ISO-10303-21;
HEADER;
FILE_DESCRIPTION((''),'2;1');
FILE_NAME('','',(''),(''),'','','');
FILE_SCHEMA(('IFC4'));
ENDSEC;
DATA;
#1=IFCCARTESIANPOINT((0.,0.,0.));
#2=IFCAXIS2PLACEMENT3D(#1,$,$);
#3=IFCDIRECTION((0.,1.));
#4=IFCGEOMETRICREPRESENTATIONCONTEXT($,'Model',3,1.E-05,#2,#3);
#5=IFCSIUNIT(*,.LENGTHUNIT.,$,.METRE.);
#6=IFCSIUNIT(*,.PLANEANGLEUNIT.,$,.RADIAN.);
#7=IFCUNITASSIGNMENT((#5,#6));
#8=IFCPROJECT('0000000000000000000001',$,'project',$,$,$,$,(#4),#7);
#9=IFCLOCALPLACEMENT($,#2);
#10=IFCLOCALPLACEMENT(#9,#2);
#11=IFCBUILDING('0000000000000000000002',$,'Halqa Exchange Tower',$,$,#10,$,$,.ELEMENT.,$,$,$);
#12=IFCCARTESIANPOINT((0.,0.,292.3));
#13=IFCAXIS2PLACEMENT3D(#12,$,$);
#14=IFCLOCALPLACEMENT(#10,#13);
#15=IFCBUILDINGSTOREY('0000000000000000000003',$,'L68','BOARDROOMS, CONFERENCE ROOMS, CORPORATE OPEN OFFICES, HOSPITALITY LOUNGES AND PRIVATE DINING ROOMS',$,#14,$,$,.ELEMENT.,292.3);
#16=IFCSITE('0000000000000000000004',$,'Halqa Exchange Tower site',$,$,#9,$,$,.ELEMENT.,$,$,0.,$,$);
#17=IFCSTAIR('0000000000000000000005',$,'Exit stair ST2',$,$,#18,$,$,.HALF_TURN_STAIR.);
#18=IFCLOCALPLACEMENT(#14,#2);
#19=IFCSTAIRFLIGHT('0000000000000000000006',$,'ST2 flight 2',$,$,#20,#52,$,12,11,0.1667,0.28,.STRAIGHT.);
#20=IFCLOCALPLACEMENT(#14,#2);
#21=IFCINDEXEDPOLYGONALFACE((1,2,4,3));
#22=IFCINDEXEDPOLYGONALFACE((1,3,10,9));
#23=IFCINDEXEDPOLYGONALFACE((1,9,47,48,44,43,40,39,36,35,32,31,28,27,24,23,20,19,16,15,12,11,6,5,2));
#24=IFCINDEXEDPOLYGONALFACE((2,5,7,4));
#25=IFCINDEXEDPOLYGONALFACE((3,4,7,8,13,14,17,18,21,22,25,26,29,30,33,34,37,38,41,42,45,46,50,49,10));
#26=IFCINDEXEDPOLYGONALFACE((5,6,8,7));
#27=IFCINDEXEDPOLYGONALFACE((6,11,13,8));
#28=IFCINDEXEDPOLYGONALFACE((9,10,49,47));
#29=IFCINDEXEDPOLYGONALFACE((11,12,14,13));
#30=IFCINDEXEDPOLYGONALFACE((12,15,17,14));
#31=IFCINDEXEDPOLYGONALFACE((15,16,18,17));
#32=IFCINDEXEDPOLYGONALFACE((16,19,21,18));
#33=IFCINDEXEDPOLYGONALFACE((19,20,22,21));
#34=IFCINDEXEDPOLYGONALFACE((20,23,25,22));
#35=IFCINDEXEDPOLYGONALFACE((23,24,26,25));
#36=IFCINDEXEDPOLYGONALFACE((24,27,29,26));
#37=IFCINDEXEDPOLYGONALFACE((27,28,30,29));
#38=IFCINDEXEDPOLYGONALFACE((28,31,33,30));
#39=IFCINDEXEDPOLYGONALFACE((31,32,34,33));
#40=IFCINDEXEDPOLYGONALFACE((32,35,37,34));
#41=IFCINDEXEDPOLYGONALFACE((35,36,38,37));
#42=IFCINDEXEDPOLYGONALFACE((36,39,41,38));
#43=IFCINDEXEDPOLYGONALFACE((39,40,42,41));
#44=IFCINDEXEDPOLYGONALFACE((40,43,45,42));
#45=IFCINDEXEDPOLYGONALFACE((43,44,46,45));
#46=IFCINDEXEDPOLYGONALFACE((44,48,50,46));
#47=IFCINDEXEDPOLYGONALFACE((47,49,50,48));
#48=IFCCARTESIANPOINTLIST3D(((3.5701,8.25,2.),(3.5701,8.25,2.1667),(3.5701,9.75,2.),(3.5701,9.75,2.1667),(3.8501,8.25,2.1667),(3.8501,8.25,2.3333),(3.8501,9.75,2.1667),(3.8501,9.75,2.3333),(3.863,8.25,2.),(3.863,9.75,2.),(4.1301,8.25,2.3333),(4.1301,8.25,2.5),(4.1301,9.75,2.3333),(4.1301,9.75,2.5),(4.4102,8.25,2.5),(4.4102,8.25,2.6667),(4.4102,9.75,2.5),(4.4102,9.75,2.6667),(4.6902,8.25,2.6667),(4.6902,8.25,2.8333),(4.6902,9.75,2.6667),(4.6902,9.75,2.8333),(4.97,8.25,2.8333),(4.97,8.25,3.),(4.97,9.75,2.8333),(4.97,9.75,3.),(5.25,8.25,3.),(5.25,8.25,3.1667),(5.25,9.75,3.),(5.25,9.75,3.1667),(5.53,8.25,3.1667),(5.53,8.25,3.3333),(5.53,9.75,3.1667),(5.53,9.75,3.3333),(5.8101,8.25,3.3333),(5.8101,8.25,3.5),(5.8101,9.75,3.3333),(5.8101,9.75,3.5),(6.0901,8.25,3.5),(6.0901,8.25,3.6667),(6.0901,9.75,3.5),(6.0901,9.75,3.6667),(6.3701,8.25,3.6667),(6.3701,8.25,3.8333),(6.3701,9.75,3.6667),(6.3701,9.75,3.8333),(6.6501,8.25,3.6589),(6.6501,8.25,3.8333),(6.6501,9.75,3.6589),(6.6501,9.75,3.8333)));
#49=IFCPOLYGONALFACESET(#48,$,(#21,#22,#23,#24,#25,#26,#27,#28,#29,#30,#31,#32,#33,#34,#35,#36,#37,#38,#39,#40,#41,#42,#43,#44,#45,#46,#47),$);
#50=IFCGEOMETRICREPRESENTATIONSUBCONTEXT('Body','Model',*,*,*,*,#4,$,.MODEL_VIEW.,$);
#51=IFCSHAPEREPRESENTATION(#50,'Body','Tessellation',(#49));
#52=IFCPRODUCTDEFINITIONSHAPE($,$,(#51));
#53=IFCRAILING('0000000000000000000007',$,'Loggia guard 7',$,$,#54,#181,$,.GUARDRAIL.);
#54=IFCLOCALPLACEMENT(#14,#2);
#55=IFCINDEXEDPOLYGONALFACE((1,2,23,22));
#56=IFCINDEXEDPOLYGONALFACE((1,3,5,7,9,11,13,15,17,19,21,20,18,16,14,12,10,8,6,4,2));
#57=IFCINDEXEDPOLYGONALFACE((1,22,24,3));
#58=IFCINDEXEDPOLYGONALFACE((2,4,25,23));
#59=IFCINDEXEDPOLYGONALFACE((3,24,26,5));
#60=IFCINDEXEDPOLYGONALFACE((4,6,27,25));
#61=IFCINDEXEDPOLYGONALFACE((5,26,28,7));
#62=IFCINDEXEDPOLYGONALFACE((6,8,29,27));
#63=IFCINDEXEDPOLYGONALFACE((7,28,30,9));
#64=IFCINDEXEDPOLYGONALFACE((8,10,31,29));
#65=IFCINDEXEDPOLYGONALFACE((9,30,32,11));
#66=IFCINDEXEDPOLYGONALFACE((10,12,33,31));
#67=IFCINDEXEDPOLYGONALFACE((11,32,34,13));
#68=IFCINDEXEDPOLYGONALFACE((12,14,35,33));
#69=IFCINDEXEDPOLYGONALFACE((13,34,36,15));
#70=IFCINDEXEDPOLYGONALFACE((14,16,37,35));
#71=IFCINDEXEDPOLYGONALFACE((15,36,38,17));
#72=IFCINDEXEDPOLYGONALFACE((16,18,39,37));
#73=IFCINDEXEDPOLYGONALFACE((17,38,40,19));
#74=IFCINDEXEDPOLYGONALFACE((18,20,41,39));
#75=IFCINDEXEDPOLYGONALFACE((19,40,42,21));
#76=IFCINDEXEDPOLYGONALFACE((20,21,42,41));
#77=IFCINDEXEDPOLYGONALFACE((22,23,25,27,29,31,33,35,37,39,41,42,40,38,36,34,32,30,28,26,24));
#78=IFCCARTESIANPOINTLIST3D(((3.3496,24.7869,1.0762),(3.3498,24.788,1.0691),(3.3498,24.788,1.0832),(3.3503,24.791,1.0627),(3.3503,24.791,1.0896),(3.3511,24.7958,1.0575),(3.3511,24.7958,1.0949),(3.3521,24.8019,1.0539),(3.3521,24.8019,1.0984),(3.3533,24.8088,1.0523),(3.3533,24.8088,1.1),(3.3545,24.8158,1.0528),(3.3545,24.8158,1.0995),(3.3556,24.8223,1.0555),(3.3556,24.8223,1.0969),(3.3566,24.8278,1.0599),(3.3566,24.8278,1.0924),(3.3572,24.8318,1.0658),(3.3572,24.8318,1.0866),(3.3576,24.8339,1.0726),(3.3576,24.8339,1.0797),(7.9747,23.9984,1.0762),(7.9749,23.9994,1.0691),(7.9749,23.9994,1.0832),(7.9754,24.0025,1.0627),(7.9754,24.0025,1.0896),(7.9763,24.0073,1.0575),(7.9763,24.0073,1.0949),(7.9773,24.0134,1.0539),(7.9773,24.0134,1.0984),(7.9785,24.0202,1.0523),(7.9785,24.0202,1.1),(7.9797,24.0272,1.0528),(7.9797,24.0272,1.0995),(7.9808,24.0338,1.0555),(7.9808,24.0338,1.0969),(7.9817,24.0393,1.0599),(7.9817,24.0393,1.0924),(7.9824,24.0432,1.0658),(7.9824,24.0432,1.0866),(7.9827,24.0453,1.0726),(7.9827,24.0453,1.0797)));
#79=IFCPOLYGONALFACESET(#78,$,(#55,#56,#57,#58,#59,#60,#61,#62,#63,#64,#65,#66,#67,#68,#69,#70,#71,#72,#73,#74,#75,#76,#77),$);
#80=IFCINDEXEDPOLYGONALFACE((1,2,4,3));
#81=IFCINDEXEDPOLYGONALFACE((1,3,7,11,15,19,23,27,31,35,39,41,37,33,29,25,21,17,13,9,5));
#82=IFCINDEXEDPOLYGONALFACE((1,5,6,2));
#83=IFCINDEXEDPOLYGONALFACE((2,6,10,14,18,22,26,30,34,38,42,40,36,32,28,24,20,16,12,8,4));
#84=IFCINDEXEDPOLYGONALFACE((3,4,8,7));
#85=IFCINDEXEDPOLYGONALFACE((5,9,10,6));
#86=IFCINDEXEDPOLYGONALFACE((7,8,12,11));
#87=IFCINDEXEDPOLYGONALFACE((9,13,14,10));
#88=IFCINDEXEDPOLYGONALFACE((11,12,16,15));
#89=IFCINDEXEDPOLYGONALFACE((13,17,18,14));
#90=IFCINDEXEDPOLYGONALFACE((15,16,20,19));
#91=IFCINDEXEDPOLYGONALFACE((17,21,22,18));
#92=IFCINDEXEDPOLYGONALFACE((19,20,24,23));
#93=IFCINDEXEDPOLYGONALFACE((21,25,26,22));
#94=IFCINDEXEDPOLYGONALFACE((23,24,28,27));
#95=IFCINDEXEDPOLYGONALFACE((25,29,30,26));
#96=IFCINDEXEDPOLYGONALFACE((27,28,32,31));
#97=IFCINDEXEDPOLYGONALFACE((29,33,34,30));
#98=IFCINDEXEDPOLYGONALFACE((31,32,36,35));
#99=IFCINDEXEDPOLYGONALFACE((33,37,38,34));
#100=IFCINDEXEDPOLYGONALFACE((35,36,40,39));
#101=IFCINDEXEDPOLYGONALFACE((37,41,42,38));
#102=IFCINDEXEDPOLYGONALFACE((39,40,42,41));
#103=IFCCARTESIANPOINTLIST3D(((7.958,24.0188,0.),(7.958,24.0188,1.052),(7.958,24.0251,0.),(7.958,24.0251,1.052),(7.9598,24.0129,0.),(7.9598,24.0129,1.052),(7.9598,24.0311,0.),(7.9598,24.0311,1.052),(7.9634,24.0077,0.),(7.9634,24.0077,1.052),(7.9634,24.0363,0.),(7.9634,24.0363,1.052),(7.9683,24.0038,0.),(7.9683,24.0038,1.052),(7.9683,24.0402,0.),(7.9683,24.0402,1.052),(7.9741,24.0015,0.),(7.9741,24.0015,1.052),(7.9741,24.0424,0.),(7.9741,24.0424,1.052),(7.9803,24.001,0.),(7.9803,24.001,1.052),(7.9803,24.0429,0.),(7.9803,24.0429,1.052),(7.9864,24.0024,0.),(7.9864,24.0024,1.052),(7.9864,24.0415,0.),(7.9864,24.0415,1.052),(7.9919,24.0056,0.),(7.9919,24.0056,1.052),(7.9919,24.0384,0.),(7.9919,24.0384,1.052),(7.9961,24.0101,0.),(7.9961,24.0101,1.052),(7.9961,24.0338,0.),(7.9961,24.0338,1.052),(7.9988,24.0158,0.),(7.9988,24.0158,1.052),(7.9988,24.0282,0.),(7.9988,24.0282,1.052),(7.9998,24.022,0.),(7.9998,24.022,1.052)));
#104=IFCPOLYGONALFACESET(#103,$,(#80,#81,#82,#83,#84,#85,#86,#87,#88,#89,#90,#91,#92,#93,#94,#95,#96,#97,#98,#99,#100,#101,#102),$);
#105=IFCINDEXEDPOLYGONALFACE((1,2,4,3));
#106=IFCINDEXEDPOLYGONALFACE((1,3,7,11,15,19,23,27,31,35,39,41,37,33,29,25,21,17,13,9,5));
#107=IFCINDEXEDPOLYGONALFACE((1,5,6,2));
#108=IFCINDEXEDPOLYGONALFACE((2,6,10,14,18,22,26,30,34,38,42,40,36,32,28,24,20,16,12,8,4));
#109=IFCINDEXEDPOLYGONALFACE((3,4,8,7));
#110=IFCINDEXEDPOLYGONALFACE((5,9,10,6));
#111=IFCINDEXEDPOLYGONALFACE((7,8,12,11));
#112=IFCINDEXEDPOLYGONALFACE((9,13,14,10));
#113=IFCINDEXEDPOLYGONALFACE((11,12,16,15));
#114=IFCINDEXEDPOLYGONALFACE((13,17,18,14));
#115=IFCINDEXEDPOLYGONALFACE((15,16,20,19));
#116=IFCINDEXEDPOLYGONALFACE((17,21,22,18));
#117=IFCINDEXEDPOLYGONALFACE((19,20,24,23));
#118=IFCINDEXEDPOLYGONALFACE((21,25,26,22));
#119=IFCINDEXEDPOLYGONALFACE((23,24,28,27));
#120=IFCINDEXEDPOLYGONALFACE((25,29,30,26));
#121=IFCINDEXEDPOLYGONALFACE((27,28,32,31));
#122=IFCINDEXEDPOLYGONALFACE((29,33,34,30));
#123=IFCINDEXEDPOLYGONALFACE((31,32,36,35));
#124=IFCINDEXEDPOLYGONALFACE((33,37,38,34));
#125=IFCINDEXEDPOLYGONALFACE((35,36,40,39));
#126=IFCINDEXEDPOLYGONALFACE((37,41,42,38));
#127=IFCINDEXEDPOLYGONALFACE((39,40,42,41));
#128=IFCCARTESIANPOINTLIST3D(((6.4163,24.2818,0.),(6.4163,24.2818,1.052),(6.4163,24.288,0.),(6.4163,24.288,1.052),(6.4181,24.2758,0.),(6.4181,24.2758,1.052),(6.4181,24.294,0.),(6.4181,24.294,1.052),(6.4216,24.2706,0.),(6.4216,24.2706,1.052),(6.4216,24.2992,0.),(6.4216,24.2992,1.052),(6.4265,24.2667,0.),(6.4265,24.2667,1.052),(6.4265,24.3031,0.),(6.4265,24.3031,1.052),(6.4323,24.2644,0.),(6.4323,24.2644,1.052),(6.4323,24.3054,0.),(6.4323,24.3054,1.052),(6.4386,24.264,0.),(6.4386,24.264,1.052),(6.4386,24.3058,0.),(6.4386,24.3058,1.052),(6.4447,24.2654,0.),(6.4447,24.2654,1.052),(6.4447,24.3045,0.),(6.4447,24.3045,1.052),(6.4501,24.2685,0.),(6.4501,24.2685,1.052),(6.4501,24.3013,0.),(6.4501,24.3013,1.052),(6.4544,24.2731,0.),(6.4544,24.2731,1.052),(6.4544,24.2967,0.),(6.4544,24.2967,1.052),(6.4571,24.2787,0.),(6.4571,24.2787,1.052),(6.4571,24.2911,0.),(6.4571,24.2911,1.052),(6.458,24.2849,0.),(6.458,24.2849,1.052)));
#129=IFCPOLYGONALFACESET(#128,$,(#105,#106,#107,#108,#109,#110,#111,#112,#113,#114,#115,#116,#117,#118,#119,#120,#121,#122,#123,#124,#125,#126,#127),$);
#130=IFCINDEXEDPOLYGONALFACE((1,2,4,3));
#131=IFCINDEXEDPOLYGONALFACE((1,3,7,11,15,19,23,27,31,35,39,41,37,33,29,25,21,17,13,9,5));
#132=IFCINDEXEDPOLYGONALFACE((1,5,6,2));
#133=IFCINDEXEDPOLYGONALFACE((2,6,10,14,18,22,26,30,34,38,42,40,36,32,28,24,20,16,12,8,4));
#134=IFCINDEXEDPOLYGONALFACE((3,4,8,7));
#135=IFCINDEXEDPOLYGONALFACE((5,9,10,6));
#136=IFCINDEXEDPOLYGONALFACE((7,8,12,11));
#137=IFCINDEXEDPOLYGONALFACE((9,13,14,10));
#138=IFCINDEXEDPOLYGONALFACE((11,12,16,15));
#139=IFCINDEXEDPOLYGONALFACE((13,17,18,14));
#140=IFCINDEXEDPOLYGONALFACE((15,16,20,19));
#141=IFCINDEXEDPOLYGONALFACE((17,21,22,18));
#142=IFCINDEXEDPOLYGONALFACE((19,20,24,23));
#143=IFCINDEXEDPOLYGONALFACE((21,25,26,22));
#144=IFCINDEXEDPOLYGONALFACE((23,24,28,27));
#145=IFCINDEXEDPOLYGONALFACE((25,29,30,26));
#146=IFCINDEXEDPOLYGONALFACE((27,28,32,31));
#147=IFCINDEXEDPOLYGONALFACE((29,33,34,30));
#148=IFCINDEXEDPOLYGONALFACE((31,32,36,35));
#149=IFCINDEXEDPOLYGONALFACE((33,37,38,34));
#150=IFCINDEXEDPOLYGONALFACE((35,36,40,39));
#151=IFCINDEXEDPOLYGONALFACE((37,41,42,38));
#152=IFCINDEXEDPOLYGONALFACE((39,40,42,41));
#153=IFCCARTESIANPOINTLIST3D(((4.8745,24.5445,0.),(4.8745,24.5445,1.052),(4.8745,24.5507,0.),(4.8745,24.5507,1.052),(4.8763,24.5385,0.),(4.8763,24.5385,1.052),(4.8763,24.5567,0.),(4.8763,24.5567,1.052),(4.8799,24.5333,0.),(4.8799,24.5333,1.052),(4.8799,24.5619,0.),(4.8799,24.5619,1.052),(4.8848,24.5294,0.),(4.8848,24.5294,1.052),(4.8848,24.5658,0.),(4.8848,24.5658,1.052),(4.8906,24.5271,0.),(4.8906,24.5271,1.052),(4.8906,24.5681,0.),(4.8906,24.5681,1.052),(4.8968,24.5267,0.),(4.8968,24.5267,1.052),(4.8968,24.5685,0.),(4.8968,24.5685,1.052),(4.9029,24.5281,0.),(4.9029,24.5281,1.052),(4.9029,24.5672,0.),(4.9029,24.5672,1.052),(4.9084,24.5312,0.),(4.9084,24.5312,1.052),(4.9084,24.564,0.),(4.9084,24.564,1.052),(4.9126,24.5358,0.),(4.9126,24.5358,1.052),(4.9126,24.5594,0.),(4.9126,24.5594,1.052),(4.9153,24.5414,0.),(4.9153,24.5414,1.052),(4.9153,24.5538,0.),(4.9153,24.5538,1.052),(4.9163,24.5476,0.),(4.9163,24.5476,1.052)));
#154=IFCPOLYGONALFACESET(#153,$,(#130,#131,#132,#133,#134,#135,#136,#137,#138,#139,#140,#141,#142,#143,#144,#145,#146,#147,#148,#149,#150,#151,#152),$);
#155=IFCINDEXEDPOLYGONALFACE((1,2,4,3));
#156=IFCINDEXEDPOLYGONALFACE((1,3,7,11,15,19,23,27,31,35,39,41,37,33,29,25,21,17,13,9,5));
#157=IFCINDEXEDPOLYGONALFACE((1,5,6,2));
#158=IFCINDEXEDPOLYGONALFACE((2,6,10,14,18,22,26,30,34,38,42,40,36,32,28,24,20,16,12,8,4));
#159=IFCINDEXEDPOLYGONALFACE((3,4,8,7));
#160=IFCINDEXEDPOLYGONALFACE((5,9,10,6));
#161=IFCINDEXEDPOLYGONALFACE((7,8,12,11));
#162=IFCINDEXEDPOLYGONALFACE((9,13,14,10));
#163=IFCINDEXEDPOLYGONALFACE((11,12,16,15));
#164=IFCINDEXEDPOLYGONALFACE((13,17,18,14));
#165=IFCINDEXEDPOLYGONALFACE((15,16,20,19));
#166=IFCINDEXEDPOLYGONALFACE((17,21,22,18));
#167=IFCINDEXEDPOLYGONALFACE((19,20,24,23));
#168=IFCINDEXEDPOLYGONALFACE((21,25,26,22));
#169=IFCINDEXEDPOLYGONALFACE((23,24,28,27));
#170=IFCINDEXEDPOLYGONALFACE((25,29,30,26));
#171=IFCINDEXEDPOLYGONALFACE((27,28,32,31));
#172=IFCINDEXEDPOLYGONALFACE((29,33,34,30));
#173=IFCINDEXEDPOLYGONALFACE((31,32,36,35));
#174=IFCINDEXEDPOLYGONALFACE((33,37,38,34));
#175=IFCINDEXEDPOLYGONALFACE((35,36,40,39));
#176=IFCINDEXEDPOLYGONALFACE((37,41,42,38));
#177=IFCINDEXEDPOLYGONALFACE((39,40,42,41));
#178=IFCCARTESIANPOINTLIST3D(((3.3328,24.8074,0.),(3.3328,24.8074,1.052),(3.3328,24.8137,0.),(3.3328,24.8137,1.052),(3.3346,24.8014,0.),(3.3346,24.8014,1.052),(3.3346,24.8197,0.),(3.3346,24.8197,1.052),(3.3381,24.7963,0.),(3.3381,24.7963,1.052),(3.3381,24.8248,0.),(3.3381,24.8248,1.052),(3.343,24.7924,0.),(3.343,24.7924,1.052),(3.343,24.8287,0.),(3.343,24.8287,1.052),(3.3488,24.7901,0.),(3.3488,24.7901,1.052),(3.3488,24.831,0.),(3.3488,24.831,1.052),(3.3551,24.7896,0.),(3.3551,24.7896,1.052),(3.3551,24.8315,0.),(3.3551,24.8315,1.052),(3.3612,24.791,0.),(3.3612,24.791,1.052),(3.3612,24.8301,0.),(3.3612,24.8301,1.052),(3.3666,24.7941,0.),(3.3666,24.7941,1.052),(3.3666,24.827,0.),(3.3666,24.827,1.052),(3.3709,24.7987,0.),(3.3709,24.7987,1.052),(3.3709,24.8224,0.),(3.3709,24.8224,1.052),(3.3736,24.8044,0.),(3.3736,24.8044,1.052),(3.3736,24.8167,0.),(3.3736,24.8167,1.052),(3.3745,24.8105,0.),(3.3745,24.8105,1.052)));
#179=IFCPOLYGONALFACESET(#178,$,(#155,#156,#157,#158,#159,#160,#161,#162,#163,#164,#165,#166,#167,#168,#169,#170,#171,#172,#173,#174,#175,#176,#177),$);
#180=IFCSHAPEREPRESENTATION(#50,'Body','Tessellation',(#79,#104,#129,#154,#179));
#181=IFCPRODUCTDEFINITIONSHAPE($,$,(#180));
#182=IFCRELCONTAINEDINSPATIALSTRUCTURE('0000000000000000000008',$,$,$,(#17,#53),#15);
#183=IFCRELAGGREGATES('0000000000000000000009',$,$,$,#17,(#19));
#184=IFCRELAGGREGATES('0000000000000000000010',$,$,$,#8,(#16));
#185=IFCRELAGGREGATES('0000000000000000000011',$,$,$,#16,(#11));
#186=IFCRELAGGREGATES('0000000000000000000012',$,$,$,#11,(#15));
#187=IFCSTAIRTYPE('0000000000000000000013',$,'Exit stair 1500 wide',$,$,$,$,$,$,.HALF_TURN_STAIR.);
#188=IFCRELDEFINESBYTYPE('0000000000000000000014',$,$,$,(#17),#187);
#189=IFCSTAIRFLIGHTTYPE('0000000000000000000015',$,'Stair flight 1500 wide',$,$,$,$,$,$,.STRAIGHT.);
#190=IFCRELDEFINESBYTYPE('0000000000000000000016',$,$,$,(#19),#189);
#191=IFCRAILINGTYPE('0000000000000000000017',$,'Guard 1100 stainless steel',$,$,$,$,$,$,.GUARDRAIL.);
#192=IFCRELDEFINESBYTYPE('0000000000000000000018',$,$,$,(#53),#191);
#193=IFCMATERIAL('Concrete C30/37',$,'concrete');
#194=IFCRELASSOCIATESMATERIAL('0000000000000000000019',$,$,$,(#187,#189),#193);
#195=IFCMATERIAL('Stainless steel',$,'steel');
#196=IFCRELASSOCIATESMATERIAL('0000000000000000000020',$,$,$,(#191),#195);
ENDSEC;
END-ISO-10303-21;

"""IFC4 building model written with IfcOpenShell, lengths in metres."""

from ifc_helpers import new_model, si_unit, direction, frame, origin, origin_2d, place, context, subcontext, project, spatial, polyline, circle, outline, extrude, material, type_object, element, aggregate, save


model = new_model("IFC4")

# Units and contexts
model_context = context("Model", 3, precision=1e-05, world=origin(), true_north=direction((0.0, 1.0)))
body_context = subcontext(model_context, "Body", "Model", "MODEL_VIEW")
ifc_project = project(units=[si_unit("LENGTHUNIT", "METRE"), si_unit("PLANEANGLEUNIT", "RADIAN")], contexts=[model_context])

# Site, building, storey
site_placement = place(None, origin())
site = spatial("IfcSite", under=ifc_project, at=site_placement, Name="Halqa Exchange Tower site", CompositionType="ELEMENT", RefElevation=0.0)
building_placement = place(site_placement, origin())
building = spatial("IfcBuilding", under=site, at=building_placement, Name="Halqa Exchange Tower", CompositionType="ELEMENT")
storey_placement = place(building_placement, frame((0.0, 0.0, 292.3)))
storey = spatial("IfcBuildingStorey", under=building, at=storey_placement, Name="L68", Description="BOARDROOMS, CONFERENCE ROOMS, CORPORATE OPEN OFFICES, HOSPITALITY LOUNGES AND PRIVATE DINING ROOMS", CompositionType="ELEMENT", Elevation=292.3)

# Stair
ifc_material_1 = material(Name="Concrete C30/37", Category="concrete")
stair_type = type_object("IfcStairType", Name="Exit stair 1500 wide", PredefinedType="HALF_TURN_STAIR", material=ifc_material_1)
stair_1_placement = place(storey_placement, origin())
stair_1 = element("IfcStair", 1, at=stair_1_placement, inside=storey, type_object=stair_type, Name="Exit stair ST2", PredefinedType="HALF_TURN_STAIR")

# Stair flight
stair_flight_type = type_object("IfcStairFlightType", Name="Stair flight 1500 wide", PredefinedType="STRAIGHT", material=ifc_material_1)
stair_flight_1_placement = place(storey_placement, frame((3.5701, 9.0, 2.0), z_axis=(0.0, 0.0, 1.0), x_axis=(1.0, 0.0, 0.0)))
stair_flight_1 = element("IfcStairFlight", 2, at=stair_flight_1_placement, type_object=stair_flight_type, Name="ST2 flight 2", NumberOfRisers=12, NumberOfTreads=11, PredefinedType="STRAIGHT", RiserHeight=0.1667, TreadLength=0.28, context=body_context, shape_type="SweptSolid", body=[
    extrude(outline(polyline([(0.0, 0.0), (0.0, 0.1667), (0.28, 0.1667), (0.28, 0.3333), (0.5601, 0.3333), (0.5601, 0.5), (0.8401, 0.5), (0.8401, 0.6667), (1.1201, 0.6667), (1.1201, 0.8333), (1.3999, 0.8333), (1.3999, 1.0), (1.6799, 1.0), (1.6799, 1.1667), (1.96, 1.1667), (1.96, 1.3333), (2.24, 1.3333), (2.24, 1.5), (2.52, 1.5), (2.52, 1.6667), (2.8, 1.6667), (2.8, 1.8333), (3.0801, 1.8333), (3.0801, 2.0), (3.0801, 1.6589), (0.293, 0.0), (0.0, 0.0)])), frame((0.0, 0.75, 0.0), z_axis=(0.0, -1.0, 0.0), x_axis=(1.0, 0.0, 0.0)), (0.0, 0.0, 1.0), 1.5),
])
aggregate(stair_1, [stair_flight_1])

# Railing
ifc_material_2 = material(Name="Stainless steel", Category="steel")
railing_type_1 = type_object("IfcRailingType", Name="Guard 1100 stainless steel", PredefinedType="GUARDRAIL", material=ifc_material_2)
railing_1_placement = place(storey_placement, frame((7.9788, 24.022, 0.0)))
element("IfcRailing", 3, at=railing_1_placement, inside=storey, type_object=railing_type_1, Name="Loggia guard 7", PredefinedType="GUARDRAIL", context=body_context, shape_type="SweptSolid", body=[
    extrude(circle(Radius=0.0239, at=origin_2d()), frame((0.0, 0.0, 1.0762), z_axis=(-0.985775, 0.168068, 0.0), x_axis=(-0.168068, -0.985775, 0.0)), (0.0, 0.0, 1.0), 4.6919),
    extrude(circle(Radius=0.021, at=origin_2d()), origin(), (0.0, 0.0, 1.0), 1.052),
    extrude(circle(Radius=0.021, at=origin_2d()), frame((-1.5417, 0.2629, 0.0)), (0.0, 0.0, 1.0), 1.052),
    extrude(circle(Radius=0.021, at=origin_2d()), frame((-3.0835, 0.5256, 0.0)), (0.0, 0.0, 1.0), 1.052),
    extrude(circle(Radius=0.021, at=origin_2d()), frame((-4.6252, 0.7886, 0.0)), (0.0, 0.0, 1.0), 1.052),
])

save(model, "model.ifc")
